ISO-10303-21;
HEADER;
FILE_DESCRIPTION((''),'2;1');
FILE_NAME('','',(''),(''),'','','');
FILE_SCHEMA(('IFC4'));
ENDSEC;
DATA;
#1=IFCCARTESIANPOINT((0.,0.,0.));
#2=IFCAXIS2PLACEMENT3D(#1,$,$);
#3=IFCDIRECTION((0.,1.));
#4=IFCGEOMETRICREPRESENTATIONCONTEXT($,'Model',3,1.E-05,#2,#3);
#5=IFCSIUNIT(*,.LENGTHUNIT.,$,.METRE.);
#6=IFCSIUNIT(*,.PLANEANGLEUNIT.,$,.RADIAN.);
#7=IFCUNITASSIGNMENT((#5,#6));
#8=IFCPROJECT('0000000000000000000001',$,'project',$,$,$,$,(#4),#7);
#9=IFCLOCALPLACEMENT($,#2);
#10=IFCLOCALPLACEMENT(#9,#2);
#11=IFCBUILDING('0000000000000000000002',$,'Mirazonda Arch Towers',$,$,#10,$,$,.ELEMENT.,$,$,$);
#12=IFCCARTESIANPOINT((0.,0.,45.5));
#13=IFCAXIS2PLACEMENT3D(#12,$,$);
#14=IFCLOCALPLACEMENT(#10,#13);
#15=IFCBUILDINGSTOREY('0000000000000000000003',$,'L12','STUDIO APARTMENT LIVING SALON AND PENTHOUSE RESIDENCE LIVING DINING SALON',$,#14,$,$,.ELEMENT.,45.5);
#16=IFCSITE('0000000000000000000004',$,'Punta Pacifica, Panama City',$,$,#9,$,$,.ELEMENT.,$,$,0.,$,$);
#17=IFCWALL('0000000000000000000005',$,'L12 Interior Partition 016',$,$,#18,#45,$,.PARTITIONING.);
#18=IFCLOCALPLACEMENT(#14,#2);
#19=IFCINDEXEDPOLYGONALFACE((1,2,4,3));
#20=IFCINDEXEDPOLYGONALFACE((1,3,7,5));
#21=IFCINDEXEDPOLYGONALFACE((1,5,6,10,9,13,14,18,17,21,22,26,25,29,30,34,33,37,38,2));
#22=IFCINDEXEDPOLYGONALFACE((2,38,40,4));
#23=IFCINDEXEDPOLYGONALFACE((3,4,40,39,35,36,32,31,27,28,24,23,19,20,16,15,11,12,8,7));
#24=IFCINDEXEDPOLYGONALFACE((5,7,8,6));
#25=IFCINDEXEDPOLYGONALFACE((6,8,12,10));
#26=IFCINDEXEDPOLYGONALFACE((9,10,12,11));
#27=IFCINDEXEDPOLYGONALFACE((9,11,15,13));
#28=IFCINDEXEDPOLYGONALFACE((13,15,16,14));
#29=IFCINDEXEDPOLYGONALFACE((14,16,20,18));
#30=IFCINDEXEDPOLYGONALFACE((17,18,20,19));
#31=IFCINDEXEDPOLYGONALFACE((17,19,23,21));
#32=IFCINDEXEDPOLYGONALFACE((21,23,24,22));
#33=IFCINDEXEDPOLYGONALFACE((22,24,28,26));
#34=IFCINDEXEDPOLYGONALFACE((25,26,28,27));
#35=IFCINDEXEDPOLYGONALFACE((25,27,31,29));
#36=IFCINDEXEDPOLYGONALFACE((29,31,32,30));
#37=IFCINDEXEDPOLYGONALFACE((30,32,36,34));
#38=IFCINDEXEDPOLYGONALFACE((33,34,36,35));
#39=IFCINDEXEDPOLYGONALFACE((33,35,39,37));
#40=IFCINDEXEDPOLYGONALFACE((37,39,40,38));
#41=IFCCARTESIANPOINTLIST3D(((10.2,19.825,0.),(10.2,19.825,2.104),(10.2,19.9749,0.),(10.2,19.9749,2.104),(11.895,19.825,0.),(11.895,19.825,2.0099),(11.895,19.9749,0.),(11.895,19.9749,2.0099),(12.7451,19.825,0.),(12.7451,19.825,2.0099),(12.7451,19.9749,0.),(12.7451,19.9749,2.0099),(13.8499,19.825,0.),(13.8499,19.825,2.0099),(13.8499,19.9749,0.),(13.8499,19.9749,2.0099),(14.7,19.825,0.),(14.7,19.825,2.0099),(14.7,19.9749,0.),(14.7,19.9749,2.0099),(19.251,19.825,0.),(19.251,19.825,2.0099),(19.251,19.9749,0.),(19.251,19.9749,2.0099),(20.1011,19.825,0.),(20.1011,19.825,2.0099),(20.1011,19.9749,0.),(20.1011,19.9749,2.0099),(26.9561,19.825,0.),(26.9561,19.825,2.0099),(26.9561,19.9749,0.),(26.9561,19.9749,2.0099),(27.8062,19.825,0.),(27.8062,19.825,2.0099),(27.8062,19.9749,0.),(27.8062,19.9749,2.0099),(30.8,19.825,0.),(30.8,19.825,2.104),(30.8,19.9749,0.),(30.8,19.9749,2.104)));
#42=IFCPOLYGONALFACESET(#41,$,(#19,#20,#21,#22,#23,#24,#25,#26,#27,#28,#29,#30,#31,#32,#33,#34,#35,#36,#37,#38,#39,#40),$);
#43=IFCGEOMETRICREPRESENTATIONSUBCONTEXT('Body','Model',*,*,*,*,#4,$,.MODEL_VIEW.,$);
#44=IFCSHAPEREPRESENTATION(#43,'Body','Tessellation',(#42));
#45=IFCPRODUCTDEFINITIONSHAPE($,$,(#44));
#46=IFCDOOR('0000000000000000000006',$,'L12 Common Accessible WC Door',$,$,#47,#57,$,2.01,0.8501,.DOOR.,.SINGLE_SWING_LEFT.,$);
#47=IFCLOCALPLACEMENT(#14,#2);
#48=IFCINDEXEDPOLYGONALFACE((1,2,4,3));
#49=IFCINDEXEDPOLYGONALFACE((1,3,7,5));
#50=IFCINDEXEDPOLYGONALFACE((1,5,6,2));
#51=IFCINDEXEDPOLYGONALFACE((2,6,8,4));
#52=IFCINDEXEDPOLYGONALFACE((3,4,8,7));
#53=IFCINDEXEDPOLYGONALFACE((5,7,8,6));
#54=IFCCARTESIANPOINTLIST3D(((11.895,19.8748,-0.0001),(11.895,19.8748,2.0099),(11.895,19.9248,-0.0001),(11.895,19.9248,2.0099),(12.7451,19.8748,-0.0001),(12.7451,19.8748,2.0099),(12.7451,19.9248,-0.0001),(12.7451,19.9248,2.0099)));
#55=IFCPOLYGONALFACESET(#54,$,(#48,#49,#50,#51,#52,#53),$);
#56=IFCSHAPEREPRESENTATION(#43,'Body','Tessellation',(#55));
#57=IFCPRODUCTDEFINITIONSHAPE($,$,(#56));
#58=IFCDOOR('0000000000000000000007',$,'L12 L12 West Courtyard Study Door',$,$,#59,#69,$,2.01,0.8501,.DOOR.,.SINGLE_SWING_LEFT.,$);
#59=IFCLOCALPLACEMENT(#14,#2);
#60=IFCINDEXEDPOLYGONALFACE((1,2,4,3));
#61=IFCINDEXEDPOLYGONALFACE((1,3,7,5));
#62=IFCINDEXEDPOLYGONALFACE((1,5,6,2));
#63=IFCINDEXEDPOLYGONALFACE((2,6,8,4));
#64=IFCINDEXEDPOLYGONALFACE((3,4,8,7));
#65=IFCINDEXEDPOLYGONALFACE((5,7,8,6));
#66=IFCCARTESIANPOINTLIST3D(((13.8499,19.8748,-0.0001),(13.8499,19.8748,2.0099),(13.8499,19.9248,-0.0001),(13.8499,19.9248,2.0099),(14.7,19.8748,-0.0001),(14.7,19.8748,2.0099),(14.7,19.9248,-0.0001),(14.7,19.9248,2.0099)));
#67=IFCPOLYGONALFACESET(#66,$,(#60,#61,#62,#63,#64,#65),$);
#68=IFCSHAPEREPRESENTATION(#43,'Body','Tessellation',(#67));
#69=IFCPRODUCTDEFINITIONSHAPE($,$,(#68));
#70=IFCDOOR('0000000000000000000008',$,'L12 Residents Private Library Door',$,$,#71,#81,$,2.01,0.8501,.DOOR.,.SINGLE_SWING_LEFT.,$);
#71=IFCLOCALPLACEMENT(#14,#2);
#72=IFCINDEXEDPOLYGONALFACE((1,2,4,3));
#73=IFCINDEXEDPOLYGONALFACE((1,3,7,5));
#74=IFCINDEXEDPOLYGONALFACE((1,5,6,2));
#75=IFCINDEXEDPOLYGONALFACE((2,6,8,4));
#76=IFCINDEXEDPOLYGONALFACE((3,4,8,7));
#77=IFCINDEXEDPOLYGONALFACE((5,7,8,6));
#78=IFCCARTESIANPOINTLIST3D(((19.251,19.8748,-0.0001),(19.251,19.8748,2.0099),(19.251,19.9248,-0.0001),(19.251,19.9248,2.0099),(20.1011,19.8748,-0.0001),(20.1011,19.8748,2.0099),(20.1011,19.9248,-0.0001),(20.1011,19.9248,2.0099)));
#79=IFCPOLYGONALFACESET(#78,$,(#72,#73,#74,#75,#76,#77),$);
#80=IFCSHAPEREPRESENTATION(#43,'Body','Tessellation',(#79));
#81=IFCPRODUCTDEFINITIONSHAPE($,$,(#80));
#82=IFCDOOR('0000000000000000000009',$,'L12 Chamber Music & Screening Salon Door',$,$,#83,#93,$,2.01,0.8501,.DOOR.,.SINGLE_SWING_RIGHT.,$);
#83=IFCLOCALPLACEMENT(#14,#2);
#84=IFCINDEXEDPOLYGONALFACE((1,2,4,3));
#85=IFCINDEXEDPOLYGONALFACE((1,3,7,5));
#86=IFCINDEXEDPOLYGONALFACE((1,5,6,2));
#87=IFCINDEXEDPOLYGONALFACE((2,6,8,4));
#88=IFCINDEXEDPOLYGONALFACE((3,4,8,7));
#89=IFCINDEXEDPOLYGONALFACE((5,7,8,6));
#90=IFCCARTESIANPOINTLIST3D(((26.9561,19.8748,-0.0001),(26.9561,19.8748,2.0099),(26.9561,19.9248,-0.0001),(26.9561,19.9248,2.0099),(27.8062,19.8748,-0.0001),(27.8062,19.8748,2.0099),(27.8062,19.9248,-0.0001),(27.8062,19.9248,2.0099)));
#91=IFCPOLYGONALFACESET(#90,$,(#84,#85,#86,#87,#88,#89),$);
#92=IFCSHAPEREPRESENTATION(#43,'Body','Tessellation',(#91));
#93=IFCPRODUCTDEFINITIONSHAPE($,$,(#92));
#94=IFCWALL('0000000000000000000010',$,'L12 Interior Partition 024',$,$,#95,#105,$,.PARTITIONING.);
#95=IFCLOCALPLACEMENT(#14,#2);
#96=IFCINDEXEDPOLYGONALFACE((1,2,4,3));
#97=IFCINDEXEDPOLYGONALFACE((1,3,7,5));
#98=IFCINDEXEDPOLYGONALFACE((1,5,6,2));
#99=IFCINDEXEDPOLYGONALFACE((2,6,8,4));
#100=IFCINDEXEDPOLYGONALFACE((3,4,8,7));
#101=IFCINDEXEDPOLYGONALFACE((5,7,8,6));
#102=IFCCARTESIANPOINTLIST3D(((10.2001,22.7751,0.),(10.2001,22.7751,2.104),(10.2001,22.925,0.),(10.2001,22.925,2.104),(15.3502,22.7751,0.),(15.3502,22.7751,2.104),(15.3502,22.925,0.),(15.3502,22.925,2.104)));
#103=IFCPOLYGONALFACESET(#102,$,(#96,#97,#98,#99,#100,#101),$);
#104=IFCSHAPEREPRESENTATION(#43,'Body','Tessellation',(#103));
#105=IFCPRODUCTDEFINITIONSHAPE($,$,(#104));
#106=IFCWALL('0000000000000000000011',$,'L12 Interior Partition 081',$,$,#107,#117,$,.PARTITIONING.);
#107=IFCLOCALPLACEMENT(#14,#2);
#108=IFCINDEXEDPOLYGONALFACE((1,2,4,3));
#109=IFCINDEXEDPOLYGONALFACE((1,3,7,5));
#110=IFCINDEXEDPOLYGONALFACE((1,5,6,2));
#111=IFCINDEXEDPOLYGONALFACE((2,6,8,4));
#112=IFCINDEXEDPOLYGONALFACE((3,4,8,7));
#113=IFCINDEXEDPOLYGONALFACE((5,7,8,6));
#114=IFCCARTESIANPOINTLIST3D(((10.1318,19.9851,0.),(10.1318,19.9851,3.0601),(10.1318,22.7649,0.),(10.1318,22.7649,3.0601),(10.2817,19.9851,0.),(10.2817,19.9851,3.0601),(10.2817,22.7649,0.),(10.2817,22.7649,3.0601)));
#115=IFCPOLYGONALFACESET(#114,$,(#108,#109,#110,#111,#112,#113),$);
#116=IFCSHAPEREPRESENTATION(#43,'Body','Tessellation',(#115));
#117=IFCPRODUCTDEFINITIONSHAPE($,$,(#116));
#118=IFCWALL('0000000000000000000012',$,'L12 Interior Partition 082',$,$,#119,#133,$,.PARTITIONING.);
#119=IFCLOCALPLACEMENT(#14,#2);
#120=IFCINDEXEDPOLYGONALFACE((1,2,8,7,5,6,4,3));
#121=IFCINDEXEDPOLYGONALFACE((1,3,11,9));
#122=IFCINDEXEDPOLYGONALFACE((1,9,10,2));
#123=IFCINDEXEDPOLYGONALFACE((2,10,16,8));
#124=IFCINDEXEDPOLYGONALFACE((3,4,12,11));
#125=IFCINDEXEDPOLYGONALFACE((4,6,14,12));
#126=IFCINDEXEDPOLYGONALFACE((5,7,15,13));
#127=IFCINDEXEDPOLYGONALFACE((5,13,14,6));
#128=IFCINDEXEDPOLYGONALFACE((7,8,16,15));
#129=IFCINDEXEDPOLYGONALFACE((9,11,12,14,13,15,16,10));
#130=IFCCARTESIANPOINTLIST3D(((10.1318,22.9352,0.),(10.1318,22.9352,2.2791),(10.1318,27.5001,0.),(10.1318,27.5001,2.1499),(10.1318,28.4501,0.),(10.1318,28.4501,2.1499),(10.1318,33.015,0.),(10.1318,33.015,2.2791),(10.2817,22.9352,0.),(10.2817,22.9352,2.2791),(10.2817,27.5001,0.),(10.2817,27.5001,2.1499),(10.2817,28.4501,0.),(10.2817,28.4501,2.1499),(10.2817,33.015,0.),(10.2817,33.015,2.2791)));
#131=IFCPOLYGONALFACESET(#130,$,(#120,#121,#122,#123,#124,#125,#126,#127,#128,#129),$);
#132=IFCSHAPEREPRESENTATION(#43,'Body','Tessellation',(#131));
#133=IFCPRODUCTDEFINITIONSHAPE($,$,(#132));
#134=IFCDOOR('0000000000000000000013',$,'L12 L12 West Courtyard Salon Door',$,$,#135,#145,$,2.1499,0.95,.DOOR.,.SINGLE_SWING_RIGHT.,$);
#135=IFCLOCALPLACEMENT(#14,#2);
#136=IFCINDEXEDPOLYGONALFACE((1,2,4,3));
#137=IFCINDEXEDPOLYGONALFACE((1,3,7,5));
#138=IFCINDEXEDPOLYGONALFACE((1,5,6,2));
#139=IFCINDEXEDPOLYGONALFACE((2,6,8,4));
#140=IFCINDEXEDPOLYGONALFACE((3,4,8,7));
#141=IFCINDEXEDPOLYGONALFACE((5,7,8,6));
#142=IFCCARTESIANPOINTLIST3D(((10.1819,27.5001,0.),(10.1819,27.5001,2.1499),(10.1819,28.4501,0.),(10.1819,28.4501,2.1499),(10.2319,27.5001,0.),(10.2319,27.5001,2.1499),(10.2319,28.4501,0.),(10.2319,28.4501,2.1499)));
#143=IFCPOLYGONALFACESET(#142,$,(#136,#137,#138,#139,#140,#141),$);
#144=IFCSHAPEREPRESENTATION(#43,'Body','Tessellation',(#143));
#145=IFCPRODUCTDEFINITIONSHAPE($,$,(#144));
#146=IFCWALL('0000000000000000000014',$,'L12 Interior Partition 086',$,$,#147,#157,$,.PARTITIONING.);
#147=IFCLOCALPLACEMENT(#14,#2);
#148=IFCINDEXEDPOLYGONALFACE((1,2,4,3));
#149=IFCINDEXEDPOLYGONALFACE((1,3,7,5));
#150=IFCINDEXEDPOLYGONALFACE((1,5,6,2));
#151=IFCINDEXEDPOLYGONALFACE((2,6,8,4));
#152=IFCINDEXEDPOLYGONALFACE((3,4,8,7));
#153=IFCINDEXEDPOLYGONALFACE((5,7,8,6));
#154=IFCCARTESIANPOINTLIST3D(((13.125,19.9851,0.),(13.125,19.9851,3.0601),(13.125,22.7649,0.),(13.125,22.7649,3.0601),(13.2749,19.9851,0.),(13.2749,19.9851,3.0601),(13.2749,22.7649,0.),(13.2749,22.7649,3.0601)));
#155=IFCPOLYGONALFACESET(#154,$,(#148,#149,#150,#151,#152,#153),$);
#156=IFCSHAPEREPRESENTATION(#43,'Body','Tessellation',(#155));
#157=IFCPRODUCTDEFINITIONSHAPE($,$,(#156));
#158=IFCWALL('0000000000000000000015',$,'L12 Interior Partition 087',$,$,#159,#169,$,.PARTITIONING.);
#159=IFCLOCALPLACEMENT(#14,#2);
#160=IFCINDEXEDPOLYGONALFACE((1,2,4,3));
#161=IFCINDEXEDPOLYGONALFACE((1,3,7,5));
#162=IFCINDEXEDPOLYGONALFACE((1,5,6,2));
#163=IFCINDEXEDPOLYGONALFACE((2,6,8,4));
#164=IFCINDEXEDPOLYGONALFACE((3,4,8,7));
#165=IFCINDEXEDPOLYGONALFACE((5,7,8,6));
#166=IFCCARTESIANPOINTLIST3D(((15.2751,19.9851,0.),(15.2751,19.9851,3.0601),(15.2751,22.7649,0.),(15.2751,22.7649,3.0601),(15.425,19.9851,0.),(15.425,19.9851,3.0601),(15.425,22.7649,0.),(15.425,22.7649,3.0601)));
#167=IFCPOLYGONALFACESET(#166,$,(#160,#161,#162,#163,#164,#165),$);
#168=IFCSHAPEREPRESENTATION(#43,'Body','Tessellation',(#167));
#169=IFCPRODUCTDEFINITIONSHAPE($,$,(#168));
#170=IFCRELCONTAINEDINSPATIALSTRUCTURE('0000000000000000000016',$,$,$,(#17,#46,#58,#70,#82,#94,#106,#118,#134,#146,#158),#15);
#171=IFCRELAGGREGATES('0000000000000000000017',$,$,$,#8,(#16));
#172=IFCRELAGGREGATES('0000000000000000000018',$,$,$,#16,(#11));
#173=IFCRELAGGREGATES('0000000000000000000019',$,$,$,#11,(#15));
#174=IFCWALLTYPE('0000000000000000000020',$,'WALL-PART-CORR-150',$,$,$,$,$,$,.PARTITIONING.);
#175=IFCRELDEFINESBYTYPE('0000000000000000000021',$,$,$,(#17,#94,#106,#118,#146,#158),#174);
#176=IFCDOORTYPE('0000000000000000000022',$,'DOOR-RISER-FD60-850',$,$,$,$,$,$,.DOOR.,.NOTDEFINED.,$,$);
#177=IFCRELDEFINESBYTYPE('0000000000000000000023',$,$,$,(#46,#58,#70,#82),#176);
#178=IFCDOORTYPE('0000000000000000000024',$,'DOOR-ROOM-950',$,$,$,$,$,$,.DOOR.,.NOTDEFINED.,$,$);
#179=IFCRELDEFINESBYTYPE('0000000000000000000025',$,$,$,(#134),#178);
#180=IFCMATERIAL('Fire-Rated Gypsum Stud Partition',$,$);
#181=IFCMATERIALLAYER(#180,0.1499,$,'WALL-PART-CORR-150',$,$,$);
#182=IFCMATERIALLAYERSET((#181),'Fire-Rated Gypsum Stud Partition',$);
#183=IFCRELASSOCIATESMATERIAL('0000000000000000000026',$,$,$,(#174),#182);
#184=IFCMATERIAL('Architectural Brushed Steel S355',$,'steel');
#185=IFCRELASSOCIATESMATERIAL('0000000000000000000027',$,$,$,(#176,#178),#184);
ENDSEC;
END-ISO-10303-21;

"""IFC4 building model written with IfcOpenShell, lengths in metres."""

from ifc_helpers import new_model, si_unit, direction, frame, frame_2d, origin, place, context, subcontext, project, spatial, rectangle, extrude, material, layer, layer_set, type_object, element, fill, save


model = new_model("IFC4")

# Units and contexts
model_context = context("Model", 3, precision=1e-05, world=origin(), true_north=direction((0.0, 1.0)))
body_context = subcontext(model_context, "Body", "Model", "MODEL_VIEW")
ifc_project = project(units=[si_unit("LENGTHUNIT", "METRE"), si_unit("PLANEANGLEUNIT", "RADIAN")], contexts=[model_context])

# Site, building, storey
site_placement = place(None, origin())
site = spatial("IfcSite", under=ifc_project, at=site_placement, Name="Punta Pacifica, Panama City", CompositionType="ELEMENT", RefElevation=0.0)
building_placement = place(site_placement, origin())
building = spatial("IfcBuilding", under=site, at=building_placement, Name="Mirazonda Arch Towers", CompositionType="ELEMENT")
storey_placement = place(building_placement, frame((0.0, 0.0, 45.5)))
storey = spatial("IfcBuildingStorey", under=building, at=storey_placement, Name="L12", Description="STUDIO APARTMENT LIVING SALON AND PENTHOUSE RESIDENCE LIVING DINING SALON", CompositionType="ELEMENT", Elevation=45.5)

# Shared definitions
ifc_material_1 = material(Name="Architectural Brushed Steel S355", Category="steel")

# Shared definitions
ifc_material_2 = material(Name="Fire-Rated Gypsum Stud Partition")
ifc_layer_1 = layer(ifc_material_2, 0.1499, Name="WALL-PART-CORR-150")
ifc_layer_set_1 = layer_set([ifc_layer_1], Name="Fire-Rated Gypsum Stud Partition")
wall_type_1 = type_object("IfcWallType", Name="WALL-PART-CORR-150", PredefinedType="PARTITIONING", material=ifc_layer_set_1)

# Wall, openings, doors
wall_1_placement = place(storey_placement, frame((10.2, 19.8999, 0.0), z_axis=(0.0, 0.0, 1.0), x_axis=(1.0, 0.0, 0.0)))
wall_1 = element("IfcWall", 1, at=wall_1_placement, inside=storey, type_object=wall_type_1, Name="L12 Interior Partition 016", PredefinedType="PARTITIONING", context=body_context, shape_type="SweptSolid", body=[
    extrude(rectangle(XDim=20.6001, YDim=0.1499, at=frame_2d((10.3, 0.0))), origin(), (0.0, 0.0, 1.0), 2.104),
])
opening_1_placement = place(wall_1_placement, frame((1.6951, 0.0, 0.0)))
opening_1 = element("IfcOpeningElement", 2, at=opening_1_placement, cuts=wall_1, PredefinedType="OPENING", context=body_context, shape_type="SweptSolid", body=[
    extrude(rectangle(XDim=0.8501, YDim=2.01, at=frame_2d((0.425, 1.0049))), frame((0.0, 0.085, 0.0), z_axis=(0.0, -1.0, 0.0), x_axis=(1.0, 0.0, 0.0)), (0.0, 0.0, 1.0), 0.1699),
])
opening_2_placement = place(wall_1_placement, frame((3.6499, 0.0, 0.0)))
opening_2 = element("IfcOpeningElement", 3, at=opening_2_placement, cuts=wall_1, PredefinedType="OPENING", context=body_context, shape_type="SweptSolid", body=[
    extrude(rectangle(XDim=0.8501, YDim=2.01, at=frame_2d((0.425, 1.0049))), frame((0.0, 0.085, 0.0), z_axis=(0.0, -1.0, 0.0), x_axis=(1.0, 0.0, 0.0)), (0.0, 0.0, 1.0), 0.1699),
])
opening_3_placement = place(wall_1_placement, frame((9.051, 0.0, 0.0)))
opening_3 = element("IfcOpeningElement", 4, at=opening_3_placement, cuts=wall_1, PredefinedType="OPENING", context=body_context, shape_type="SweptSolid", body=[
    extrude(rectangle(XDim=0.8501, YDim=2.01, at=frame_2d((0.425, 1.0049))), frame((0.0, 0.085, 0.0), z_axis=(0.0, -1.0, 0.0), x_axis=(1.0, 0.0, 0.0)), (0.0, 0.0, 1.0), 0.1699),
])
opening_4_placement = place(wall_1_placement, frame((16.7561, 0.0, 0.0)))
opening_4 = element("IfcOpeningElement", 5, at=opening_4_placement, cuts=wall_1, PredefinedType="OPENING", context=body_context, shape_type="SweptSolid", body=[
    extrude(rectangle(XDim=0.8501, YDim=2.01, at=frame_2d((0.425, 1.0049))), frame((0.0, 0.085, 0.0), z_axis=(0.0, -1.0, 0.0), x_axis=(1.0, 0.0, 0.0)), (0.0, 0.0, 1.0), 0.1699),
])
door_type_1 = type_object("IfcDoorType", Name="DOOR-RISER-FD60-850", OperationType="NOTDEFINED", PredefinedType="DOOR", material=ifc_material_1)
door_1_placement = place(opening_1_placement, origin())
door_1 = element("IfcDoor", 6, at=door_1_placement, inside=storey, type_object=door_type_1, Name="L12 Common Accessible WC Door", OperationType="SINGLE_SWING_LEFT", OverallHeight=2.01, OverallWidth=0.8501, PredefinedType="DOOR", context=body_context, shape_type="SweptSolid", body=[
    extrude(rectangle(XDim=0.8501, YDim=2.01, at=frame_2d((0.425, 1.0049))), frame((0.0, 0.0249, 0.0), z_axis=(0.0, -1.0, 0.0), x_axis=(1.0, 0.0, 0.0)), (0.0, 0.0, 1.0), 0.05),
])
fill(opening_1, door_1)
door_2_placement = place(opening_2_placement, origin())
door_2 = element("IfcDoor", 7, at=door_2_placement, inside=storey, type_object=door_type_1, Name="L12 L12 West Courtyard Study Door", OperationType="SINGLE_SWING_LEFT", OverallHeight=2.01, OverallWidth=0.8501, PredefinedType="DOOR", context=body_context, shape_type="SweptSolid", body=[
    extrude(rectangle(XDim=0.8501, YDim=2.01, at=frame_2d((0.425, 1.0049))), frame((0.0, 0.0249, 0.0), z_axis=(0.0, -1.0, 0.0), x_axis=(1.0, 0.0, 0.0)), (0.0, 0.0, 1.0), 0.05),
])
fill(opening_2, door_2)
door_3_placement = place(opening_3_placement, origin())
door_3 = element("IfcDoor", 8, at=door_3_placement, inside=storey, type_object=door_type_1, Name="L12 Residents Private Library Door", OperationType="SINGLE_SWING_LEFT", OverallHeight=2.01, OverallWidth=0.8501, PredefinedType="DOOR", context=body_context, shape_type="SweptSolid", body=[
    extrude(rectangle(XDim=0.8501, YDim=2.01, at=frame_2d((0.425, 1.0049))), frame((0.0, 0.0249, 0.0), z_axis=(0.0, -1.0, 0.0), x_axis=(1.0, 0.0, 0.0)), (0.0, 0.0, 1.0), 0.05),
])
fill(opening_3, door_3)
door_4_placement = place(opening_4_placement, origin())
door_4 = element("IfcDoor", 9, at=door_4_placement, inside=storey, type_object=door_type_1, Name="L12 Chamber Music & Screening Salon Door", OperationType="SINGLE_SWING_RIGHT", OverallHeight=2.01, OverallWidth=0.8501, PredefinedType="DOOR", context=body_context, shape_type="SweptSolid", body=[
    extrude(rectangle(XDim=0.8501, YDim=2.01, at=frame_2d((0.425, 1.0049))), frame((0.0, 0.0249, 0.0), z_axis=(0.0, -1.0, 0.0), x_axis=(1.0, 0.0, 0.0)), (0.0, 0.0, 1.0), 0.05),
])
fill(opening_4, door_4)

# Walls
wall_2_placement = place(storey_placement, frame((10.2, 22.8501, 0.0), z_axis=(0.0, 0.0, 1.0), x_axis=(1.0, 0.0, 0.0)))
element("IfcWall", 10, at=wall_2_placement, inside=storey, type_object=wall_type_1, Name="L12 Interior Partition 024", PredefinedType="PARTITIONING", context=body_context, shape_type="SweptSolid", body=[
    extrude(rectangle(XDim=5.1501, YDim=0.1499, at=frame_2d((2.5752, 0.0))), origin(), (0.0, 0.0, 1.0), 2.104),
])
wall_3_placement = place(storey_placement, frame((10.2068, 19.9851, 0.0), z_axis=(0.0, 0.0, 1.0), x_axis=(0.0, 1.0, 0.0)))
element("IfcWall", 11, at=wall_3_placement, inside=storey, type_object=wall_type_1, Name="L12 Interior Partition 081", PredefinedType="PARTITIONING", context=body_context, shape_type="SweptSolid", body=[
    extrude(rectangle(XDim=2.7798, YDim=0.1499, at=frame_2d((1.3899, 0.0))), origin(), (0.0, 0.0, 1.0), 3.0601),
])

# Wall, opening, door
wall_4_placement = place(storey_placement, frame((10.2068, 22.9351, 0.0), z_axis=(0.0, 0.0, 1.0), x_axis=(0.0, 1.0, 0.0)))
wall_4 = element("IfcWall", 12, at=wall_4_placement, inside=storey, type_object=wall_type_1, Name="L12 Interior Partition 082", PredefinedType="PARTITIONING", context=body_context, shape_type="SweptSolid", body=[
    extrude(rectangle(XDim=10.0798, YDim=0.1499, at=frame_2d((5.04, 0.0))), origin(), (0.0, 0.0, 1.0), 2.2791),
])
opening_5_placement = place(wall_4_placement, frame((4.5649, 0.0, 0.0)))
opening_5 = element("IfcOpeningElement", 13, at=opening_5_placement, cuts=wall_4, PredefinedType="OPENING", context=body_context, shape_type="SweptSolid", body=[
    extrude(rectangle(XDim=0.95, YDim=2.1499, at=frame_2d((0.4751, 1.075))), frame((0.0, 0.085, 0.0), z_axis=(0.0, -1.0, 0.0), x_axis=(1.0, 0.0, 0.0)), (0.0, 0.0, 1.0), 0.1699),
])
door_type_2 = type_object("IfcDoorType", Name="DOOR-ROOM-950", OperationType="NOTDEFINED", PredefinedType="DOOR", material=ifc_material_1)
door_5_placement = place(opening_5_placement, origin())
door_5 = element("IfcDoor", 14, at=door_5_placement, inside=storey, type_object=door_type_2, Name="L12 L12 West Courtyard Salon Door", OperationType="SINGLE_SWING_RIGHT", OverallHeight=2.1499, OverallWidth=0.95, PredefinedType="DOOR", context=body_context, shape_type="SweptSolid", body=[
    extrude(rectangle(XDim=0.95, YDim=2.1499, at=frame_2d((0.4751, 1.075))), frame((0.0, 0.0249, 0.0), z_axis=(0.0, -1.0, 0.0), x_axis=(1.0, 0.0, 0.0)), (0.0, 0.0, 1.0), 0.05),
])
fill(opening_5, door_5)

# Walls
for number, where, z_axis, x_axis, name in (
    (15, (13.2, 19.9851, 0.0), (0.0, 0.0, 1.0), (0.0, 1.0, 0.0), "L12 Interior Partition 086"),
    (16, (15.3501, 19.9851, 0.0), (0.0, 0.0, 1.0), (0.0, 1.0, 0.0), "L12 Interior Partition 087"),
):
    element("IfcWall", number, at=place(storey_placement, frame(where, z_axis=z_axis, x_axis=x_axis)), inside=storey, type_object=wall_type_1, Name=name, PredefinedType="PARTITIONING", context=body_context, shape_type="SweptSolid", body=[
        extrude(rectangle(XDim=2.7798, YDim=0.1499, at=frame_2d((1.3899, 0.0))), origin(), (0.0, 0.0, 1.0), 3.0601),
    ])

save(model, "model.ifc")
